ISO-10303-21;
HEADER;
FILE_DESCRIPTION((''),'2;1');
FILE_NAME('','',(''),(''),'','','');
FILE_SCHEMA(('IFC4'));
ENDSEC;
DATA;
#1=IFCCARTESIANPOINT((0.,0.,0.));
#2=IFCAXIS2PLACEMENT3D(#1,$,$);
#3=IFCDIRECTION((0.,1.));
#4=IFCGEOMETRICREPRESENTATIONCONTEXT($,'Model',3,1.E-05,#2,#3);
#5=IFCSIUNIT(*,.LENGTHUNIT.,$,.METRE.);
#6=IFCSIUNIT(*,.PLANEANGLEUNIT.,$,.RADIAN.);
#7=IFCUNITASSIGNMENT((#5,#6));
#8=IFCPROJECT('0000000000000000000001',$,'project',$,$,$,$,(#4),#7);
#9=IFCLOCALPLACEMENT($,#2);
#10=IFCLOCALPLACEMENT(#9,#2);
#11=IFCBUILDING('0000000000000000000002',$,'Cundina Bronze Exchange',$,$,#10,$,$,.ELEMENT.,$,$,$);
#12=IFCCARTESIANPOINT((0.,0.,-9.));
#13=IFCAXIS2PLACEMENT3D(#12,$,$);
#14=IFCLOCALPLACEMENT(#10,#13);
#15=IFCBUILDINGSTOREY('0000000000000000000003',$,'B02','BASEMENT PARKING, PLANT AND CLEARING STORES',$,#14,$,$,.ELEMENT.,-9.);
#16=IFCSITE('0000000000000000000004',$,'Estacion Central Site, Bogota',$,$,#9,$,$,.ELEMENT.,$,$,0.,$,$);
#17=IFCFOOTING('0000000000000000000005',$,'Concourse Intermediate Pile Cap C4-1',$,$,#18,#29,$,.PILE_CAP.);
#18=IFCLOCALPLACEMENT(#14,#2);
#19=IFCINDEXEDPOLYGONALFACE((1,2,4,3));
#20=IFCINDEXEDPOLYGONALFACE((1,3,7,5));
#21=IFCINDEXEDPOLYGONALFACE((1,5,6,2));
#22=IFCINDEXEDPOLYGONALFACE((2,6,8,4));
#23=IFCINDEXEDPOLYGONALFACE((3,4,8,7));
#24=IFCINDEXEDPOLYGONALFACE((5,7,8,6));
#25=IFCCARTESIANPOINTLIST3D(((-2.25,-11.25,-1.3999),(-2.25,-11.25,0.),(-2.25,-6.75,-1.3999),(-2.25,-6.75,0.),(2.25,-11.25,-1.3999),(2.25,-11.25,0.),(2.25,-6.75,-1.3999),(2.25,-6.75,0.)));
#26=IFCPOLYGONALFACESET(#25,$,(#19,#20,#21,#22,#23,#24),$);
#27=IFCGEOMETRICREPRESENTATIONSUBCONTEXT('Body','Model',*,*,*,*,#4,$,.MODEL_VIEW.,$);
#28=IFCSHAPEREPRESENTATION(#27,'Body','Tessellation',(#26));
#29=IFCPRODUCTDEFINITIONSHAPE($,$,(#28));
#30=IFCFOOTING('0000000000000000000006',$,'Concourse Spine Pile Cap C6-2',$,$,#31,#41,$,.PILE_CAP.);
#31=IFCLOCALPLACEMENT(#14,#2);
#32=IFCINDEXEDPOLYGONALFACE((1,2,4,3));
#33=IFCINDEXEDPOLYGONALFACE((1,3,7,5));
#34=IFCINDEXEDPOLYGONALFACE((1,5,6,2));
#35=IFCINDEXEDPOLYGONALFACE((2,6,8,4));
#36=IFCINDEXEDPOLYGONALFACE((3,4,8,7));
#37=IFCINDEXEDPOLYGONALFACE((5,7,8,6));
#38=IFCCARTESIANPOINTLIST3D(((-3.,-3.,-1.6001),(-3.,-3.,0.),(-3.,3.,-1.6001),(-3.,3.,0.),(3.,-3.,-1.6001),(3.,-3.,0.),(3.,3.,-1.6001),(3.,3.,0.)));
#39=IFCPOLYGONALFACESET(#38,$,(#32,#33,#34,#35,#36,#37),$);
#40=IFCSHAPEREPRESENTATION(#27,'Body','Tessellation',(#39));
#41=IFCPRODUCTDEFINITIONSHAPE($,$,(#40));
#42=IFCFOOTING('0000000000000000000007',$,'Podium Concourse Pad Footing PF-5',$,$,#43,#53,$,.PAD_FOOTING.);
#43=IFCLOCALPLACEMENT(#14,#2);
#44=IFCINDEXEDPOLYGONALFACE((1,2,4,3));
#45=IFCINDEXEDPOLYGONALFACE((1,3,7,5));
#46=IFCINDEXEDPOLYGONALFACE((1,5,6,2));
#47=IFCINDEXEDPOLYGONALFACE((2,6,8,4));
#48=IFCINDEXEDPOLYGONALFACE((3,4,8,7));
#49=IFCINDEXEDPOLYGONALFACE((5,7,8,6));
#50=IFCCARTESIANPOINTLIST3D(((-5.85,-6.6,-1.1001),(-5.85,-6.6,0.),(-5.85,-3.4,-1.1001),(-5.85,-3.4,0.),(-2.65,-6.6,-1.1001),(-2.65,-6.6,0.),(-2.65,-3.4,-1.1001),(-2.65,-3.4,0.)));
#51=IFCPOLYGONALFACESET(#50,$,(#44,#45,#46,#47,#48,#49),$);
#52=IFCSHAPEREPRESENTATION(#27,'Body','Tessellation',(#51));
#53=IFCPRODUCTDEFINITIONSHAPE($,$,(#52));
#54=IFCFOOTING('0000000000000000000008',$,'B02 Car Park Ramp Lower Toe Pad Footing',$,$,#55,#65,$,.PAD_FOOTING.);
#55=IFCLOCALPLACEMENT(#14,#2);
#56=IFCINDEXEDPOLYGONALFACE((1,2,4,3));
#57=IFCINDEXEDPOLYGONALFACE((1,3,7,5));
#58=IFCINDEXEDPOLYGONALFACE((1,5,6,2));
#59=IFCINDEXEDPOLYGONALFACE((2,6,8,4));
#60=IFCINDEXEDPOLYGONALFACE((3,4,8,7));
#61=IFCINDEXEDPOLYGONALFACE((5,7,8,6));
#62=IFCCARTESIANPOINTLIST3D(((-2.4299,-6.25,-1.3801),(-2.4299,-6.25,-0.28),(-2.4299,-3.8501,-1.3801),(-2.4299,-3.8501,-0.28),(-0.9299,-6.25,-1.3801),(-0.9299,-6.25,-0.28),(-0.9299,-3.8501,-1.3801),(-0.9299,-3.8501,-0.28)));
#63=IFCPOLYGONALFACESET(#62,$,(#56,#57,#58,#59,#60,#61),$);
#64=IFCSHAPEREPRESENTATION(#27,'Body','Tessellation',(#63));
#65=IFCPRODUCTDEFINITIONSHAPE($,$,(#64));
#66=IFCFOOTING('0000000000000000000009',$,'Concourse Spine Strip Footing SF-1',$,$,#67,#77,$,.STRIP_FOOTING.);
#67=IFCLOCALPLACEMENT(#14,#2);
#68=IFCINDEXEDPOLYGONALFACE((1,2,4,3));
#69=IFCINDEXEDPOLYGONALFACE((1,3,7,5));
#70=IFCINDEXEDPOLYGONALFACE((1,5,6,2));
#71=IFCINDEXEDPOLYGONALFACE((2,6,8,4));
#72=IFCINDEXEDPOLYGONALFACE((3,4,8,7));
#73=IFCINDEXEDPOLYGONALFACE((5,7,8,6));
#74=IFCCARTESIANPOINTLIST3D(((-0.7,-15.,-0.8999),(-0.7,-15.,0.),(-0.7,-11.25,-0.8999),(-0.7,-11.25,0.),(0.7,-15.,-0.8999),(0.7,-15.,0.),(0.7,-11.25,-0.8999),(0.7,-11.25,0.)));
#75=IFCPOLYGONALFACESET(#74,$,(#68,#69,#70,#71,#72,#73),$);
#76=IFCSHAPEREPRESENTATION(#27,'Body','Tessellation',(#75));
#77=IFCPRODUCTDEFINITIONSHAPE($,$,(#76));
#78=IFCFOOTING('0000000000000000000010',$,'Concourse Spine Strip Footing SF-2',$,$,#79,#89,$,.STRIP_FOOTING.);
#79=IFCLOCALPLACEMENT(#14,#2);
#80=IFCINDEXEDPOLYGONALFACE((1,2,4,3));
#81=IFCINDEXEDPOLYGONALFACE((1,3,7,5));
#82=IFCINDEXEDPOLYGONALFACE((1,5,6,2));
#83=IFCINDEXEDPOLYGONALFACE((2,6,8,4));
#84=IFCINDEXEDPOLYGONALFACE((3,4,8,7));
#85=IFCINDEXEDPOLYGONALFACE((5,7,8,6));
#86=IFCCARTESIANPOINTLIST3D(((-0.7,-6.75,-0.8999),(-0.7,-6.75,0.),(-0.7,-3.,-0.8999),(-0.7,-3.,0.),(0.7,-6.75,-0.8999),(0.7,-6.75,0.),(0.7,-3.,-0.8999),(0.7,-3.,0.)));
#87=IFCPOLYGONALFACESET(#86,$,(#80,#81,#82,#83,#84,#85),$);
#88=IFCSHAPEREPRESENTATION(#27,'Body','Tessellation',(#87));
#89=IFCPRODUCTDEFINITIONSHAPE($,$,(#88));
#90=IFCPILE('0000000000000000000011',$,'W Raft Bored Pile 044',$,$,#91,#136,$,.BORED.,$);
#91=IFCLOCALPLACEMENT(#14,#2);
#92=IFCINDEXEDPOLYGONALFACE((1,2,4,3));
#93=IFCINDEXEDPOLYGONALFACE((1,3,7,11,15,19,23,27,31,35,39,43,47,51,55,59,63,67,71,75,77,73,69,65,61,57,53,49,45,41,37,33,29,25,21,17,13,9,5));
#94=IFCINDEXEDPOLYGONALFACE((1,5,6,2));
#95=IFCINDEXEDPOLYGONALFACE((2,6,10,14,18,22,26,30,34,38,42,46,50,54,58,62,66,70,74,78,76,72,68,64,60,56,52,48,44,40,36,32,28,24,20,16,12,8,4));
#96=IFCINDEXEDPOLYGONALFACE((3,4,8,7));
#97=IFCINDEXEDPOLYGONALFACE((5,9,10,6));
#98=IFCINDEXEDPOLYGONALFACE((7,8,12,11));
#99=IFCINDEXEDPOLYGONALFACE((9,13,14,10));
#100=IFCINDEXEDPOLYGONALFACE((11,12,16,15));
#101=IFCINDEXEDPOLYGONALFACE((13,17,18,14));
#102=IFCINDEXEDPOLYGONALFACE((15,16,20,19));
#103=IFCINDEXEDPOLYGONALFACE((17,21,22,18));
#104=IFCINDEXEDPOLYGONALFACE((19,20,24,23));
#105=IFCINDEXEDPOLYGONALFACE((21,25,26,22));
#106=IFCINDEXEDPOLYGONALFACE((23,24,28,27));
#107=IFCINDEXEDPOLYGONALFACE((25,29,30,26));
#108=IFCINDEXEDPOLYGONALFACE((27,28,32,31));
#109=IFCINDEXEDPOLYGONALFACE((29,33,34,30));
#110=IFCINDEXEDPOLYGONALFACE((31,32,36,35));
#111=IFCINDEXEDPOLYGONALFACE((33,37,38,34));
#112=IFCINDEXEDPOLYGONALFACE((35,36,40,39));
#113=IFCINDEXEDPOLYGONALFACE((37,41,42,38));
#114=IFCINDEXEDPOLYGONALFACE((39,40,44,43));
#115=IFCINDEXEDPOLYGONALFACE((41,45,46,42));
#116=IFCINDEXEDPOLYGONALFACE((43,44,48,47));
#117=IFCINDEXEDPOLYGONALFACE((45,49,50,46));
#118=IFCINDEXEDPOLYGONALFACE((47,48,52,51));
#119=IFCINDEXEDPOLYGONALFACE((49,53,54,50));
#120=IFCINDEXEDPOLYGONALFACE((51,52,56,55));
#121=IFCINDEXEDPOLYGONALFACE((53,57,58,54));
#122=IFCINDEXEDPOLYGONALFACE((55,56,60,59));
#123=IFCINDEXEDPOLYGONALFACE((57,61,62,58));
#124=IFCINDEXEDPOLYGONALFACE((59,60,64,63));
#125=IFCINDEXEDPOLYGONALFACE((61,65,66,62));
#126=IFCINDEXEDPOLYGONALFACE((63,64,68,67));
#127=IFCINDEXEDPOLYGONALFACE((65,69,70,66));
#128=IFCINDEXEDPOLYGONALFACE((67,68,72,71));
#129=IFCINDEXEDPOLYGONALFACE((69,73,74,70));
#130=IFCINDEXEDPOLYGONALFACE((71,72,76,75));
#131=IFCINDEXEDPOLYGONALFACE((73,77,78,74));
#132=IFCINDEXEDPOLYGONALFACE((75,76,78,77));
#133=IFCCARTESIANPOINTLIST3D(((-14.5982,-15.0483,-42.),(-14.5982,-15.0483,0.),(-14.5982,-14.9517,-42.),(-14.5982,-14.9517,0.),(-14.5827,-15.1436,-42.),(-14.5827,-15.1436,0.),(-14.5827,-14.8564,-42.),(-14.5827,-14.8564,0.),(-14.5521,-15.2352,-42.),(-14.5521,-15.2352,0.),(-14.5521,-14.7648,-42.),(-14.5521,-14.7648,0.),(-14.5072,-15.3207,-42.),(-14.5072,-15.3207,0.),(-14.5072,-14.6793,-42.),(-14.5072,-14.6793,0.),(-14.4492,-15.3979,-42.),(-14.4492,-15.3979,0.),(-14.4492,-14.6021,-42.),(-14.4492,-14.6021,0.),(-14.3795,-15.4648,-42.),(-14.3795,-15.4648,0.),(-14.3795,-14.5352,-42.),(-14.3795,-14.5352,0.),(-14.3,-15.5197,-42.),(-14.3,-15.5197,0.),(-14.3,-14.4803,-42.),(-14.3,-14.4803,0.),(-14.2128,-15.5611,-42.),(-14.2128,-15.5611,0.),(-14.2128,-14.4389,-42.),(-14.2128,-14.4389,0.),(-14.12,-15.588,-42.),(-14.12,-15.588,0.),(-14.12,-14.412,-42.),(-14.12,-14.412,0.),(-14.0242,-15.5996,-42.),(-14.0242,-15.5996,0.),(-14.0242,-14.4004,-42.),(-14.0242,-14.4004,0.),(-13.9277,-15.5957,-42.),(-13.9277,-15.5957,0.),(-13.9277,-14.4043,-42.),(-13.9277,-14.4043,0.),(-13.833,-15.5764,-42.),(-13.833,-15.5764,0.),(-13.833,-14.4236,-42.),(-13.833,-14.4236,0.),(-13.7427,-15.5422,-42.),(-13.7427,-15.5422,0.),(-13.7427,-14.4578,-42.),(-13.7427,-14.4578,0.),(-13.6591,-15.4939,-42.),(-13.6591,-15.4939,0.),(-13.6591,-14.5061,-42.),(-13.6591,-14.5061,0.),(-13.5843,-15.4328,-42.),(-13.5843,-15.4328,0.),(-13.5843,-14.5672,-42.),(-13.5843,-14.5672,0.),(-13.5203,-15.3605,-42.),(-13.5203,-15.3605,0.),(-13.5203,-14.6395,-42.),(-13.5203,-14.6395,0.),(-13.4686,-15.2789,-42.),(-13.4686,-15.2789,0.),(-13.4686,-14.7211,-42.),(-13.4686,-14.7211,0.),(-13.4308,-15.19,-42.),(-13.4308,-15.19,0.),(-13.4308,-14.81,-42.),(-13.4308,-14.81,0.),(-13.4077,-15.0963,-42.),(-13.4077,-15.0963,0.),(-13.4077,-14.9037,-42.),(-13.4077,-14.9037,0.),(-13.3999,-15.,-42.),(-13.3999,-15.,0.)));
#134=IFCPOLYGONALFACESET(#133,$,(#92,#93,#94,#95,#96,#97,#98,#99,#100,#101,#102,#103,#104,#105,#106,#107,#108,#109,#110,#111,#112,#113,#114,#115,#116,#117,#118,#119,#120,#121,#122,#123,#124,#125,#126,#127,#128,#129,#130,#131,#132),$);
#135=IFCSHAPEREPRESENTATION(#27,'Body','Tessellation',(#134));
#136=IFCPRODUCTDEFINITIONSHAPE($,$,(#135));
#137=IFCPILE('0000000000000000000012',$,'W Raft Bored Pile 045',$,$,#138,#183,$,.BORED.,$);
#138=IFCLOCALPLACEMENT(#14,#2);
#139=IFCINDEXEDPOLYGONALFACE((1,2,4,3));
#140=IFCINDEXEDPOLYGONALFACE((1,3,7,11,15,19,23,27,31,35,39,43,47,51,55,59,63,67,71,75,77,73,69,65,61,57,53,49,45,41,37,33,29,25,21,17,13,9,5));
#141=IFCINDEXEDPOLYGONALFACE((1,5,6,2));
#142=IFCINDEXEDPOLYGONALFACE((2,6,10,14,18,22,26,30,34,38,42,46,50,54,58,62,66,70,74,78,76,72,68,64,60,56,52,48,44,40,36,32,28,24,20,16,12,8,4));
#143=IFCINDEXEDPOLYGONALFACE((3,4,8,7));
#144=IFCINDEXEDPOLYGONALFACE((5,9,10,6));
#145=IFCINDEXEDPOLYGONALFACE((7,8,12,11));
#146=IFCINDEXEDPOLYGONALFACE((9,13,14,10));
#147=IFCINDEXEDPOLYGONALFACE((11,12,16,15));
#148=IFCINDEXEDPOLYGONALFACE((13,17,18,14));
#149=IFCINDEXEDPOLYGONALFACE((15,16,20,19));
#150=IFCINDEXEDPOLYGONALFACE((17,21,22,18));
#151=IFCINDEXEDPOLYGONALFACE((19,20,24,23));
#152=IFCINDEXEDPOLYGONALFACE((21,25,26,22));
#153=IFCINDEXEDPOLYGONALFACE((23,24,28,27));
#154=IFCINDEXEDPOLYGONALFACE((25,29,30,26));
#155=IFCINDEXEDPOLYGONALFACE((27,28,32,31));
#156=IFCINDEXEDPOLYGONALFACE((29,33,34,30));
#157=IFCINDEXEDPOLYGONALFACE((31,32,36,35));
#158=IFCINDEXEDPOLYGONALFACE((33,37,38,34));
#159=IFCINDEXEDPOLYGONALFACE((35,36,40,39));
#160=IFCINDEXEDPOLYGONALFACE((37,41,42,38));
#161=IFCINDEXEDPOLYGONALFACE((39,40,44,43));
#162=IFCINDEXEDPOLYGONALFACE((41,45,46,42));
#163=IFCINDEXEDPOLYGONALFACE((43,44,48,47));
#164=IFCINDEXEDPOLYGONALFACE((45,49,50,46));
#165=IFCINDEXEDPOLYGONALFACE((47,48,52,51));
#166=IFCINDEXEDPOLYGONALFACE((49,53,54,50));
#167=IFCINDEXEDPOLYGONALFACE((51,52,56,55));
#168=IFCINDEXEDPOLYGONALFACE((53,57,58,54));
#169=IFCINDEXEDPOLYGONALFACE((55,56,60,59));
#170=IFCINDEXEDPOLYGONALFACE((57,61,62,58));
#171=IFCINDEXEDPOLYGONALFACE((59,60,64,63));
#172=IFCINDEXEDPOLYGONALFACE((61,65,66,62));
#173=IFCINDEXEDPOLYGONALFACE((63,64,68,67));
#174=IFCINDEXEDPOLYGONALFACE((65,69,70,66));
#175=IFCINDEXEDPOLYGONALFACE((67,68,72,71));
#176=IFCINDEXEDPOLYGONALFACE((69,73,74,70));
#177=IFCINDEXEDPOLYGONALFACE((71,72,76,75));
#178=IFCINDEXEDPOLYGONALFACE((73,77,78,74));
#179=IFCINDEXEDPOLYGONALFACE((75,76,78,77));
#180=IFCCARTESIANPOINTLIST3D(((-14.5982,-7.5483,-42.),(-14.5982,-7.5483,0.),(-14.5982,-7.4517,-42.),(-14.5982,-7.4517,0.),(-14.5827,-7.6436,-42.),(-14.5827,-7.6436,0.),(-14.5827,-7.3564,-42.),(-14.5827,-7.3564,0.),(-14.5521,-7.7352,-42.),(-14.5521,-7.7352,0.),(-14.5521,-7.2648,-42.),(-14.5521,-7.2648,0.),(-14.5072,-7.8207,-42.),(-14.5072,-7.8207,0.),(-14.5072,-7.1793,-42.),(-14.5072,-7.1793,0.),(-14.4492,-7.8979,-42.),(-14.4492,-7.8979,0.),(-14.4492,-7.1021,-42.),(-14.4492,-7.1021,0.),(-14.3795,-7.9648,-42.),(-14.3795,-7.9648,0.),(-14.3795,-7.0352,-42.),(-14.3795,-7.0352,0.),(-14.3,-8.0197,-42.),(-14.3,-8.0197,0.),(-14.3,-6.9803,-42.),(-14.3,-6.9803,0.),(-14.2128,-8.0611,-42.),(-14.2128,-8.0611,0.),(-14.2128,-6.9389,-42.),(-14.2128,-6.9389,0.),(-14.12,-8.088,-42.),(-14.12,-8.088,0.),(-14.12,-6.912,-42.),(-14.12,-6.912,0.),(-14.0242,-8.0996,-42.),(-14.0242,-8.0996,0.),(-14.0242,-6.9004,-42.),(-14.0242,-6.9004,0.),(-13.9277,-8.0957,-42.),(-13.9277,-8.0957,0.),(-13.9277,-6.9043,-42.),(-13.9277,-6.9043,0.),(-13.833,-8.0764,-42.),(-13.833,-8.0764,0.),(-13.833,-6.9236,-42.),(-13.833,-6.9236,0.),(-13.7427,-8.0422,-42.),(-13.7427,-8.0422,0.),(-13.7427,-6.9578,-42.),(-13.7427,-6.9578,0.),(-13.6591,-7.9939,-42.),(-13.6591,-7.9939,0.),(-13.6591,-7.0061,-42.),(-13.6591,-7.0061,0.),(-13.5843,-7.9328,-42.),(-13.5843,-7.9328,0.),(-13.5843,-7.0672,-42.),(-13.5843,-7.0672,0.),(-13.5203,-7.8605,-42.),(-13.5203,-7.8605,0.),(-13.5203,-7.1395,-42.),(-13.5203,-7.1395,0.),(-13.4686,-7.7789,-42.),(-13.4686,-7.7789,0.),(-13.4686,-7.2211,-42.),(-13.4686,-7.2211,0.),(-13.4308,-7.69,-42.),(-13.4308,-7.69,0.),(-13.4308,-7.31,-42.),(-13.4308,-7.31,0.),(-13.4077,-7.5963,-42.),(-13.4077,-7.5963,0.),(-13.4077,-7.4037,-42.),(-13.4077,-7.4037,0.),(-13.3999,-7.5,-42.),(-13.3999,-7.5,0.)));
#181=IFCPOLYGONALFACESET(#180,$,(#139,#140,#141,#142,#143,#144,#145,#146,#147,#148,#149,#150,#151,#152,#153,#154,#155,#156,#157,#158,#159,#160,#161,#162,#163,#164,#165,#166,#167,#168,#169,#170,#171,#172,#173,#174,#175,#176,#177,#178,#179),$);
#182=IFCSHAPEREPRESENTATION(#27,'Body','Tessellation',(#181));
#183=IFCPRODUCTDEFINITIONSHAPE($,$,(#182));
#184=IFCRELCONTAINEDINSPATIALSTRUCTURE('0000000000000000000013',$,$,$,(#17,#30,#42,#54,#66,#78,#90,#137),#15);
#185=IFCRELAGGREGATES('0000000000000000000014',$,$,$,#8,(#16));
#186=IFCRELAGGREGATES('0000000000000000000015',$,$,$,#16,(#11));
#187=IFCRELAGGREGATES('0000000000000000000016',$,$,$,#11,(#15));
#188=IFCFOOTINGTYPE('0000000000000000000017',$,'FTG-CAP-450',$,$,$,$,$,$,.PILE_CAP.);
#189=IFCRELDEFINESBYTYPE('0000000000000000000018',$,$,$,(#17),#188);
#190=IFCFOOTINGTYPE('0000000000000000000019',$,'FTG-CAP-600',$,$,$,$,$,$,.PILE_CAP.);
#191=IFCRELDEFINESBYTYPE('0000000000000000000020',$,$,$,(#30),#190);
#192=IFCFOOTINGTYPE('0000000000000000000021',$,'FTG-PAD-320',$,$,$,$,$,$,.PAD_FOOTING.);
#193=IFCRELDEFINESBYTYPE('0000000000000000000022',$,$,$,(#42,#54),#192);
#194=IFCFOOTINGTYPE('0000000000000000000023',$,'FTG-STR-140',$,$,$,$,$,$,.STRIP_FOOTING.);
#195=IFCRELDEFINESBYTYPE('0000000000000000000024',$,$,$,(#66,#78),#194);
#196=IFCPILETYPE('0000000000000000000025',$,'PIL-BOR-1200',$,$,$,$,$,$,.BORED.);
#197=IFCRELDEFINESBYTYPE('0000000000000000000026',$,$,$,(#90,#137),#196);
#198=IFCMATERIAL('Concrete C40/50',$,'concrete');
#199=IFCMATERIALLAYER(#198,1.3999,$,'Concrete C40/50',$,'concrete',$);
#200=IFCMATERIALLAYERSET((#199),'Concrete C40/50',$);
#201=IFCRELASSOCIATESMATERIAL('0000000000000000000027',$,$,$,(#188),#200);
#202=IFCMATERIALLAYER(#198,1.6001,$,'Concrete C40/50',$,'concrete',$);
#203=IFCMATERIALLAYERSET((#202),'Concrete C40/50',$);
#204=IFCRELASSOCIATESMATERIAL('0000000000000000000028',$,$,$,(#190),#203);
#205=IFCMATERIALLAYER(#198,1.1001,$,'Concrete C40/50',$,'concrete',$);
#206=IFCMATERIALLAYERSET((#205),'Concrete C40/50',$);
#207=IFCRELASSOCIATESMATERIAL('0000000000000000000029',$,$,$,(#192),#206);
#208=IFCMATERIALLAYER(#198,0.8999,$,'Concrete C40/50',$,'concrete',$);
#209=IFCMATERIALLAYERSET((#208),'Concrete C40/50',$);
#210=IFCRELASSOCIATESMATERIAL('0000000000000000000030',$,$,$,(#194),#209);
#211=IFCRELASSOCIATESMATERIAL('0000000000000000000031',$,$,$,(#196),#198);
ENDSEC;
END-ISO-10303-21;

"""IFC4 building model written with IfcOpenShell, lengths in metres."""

from ifc_helpers import new_model, si_unit, direction, frame, origin, origin_2d, place, context, subcontext, project, spatial, rectangle, circle, extrude, material, layer, layer_set, material_profile, profile_set, type_object, element, save


model = new_model("IFC4")

# Units and contexts
model_context = context("Model", 3, precision=1e-05, world=origin(), true_north=direction((0.0, 1.0)))
body_context = subcontext(model_context, "Body", "Model", "MODEL_VIEW")
ifc_project = project(units=[si_unit("LENGTHUNIT", "METRE"), si_unit("PLANEANGLEUNIT", "RADIAN")], contexts=[model_context])

# Site, building, storey
site_placement = place(None, origin())
site = spatial("IfcSite", under=ifc_project, at=site_placement, Name="Estacion Central Site, Bogota", CompositionType="ELEMENT", RefElevation=0.0)
building_placement = place(site_placement, origin())
building = spatial("IfcBuilding", under=site, at=building_placement, Name="Cundina Bronze Exchange", CompositionType="ELEMENT")
storey_placement = place(building_placement, frame((0.0, 0.0, -9.0)))
storey = spatial("IfcBuildingStorey", under=building, at=storey_placement, Name="B02", Description="BASEMENT PARKING, PLANT AND CLEARING STORES", CompositionType="ELEMENT", Elevation=-9.0)

# Footings
ifc_material_1 = material(Name="Concrete C40/50", Category="concrete")
ifc_layer_1 = layer(ifc_material_1, 1.3999, Name="Concrete C40/50", Category="concrete")
ifc_layer_set_1 = layer_set([ifc_layer_1], Name="Concrete C40/50")
footing_type_1 = type_object("IfcFootingType", Name="FTG-CAP-450", PredefinedType="PILE_CAP", material=ifc_layer_set_1)
footing_1_placement = place(storey_placement, frame((0.0, -9.0, -1.3999), z_axis=(0.0, 0.0, 1.0), x_axis=(1.0, 0.0, 0.0)))
element("IfcFooting", 1, at=footing_1_placement, inside=storey, type_object=footing_type_1, Name="Concourse Intermediate Pile Cap C4-1", PredefinedType="PILE_CAP", context=body_context, shape_type="SweptSolid", body=[
    extrude(rectangle(XDim=4.5, YDim=4.5, at=origin_2d()), origin(), (0.0, 0.0, 1.0), 1.3999),
])
ifc_layer_2 = layer(ifc_material_1, 1.6001, Name="Concrete C40/50", Category="concrete")
ifc_layer_set_2 = layer_set([ifc_layer_2], Name="Concrete C40/50")
footing_type_2 = type_object("IfcFootingType", Name="FTG-CAP-600", PredefinedType="PILE_CAP", material=ifc_layer_set_2)
footing_2_placement = place(storey_placement, frame((0.0, 0.0, -1.6001), z_axis=(0.0, 0.0, 1.0), x_axis=(1.0, 0.0, 0.0)))
element("IfcFooting", 2, at=footing_2_placement, inside=storey, type_object=footing_type_2, Name="Concourse Spine Pile Cap C6-2", PredefinedType="PILE_CAP", context=body_context, shape_type="SweptSolid", body=[
    extrude(rectangle(XDim=6.0, YDim=6.0, at=origin_2d()), origin(), (0.0, 0.0, 1.0), 1.6001),
])
ifc_layer_3 = layer(ifc_material_1, 1.1001, Name="Concrete C40/50", Category="concrete")
ifc_layer_set_3 = layer_set([ifc_layer_3], Name="Concrete C40/50")
footing_type_3 = type_object("IfcFootingType", Name="FTG-PAD-320", PredefinedType="PAD_FOOTING", material=ifc_layer_set_3)
footing_3_placement = place(storey_placement, frame((-4.25, -5.0, -1.1001), z_axis=(0.0, 0.0, 1.0), x_axis=(1.0, 0.0, 0.0)))
element("IfcFooting", 3, at=footing_3_placement, inside=storey, type_object=footing_type_3, Name="Podium Concourse Pad Footing PF-5", PredefinedType="PAD_FOOTING", context=body_context, shape_type="SweptSolid", body=[
    extrude(rectangle(XDim=3.2, YDim=3.2, at=origin_2d()), origin(), (0.0, 0.0, 1.0), 1.1001),
])
footing_4_placement = place(storey_placement, frame((-1.6799, -5.05, -1.3801), z_axis=(0.0, 0.0, 1.0), x_axis=(1.0, 0.0, 0.0)))
element("IfcFooting", 4, at=footing_4_placement, inside=storey, type_object=footing_type_3, Name="B02 Car Park Ramp Lower Toe Pad Footing", PredefinedType="PAD_FOOTING", context=body_context, shape_type="SweptSolid", body=[
    extrude(rectangle(XDim=1.5, YDim=2.3999, at=origin_2d()), origin(), (0.0, 0.0, 1.0), 1.1001),
])
ifc_layer_4 = layer(ifc_material_1, 0.8999, Name="Concrete C40/50", Category="concrete")
ifc_layer_set_4 = layer_set([ifc_layer_4], Name="Concrete C40/50")
footing_type_4 = type_object("IfcFootingType", Name="FTG-STR-140", PredefinedType="STRIP_FOOTING", material=ifc_layer_set_4)
for number, where, z_axis, x_axis, name in (
    (5, (0.0, -13.125, -0.8999), (0.0, 0.0, 1.0), (1.0, 0.0, 0.0), "Concourse Spine Strip Footing SF-1"),
    (6, (0.0, -4.875, -0.8999), (0.0, 0.0, 1.0), (1.0, 0.0, 0.0), "Concourse Spine Strip Footing SF-2"),
):
    element("IfcFooting", number, at=place(storey_placement, frame(where, z_axis=z_axis, x_axis=x_axis)), inside=storey, type_object=footing_type_4, Name=name, PredefinedType="STRIP_FOOTING", context=body_context, shape_type="SweptSolid", body=[
        extrude(rectangle(XDim=1.3999, YDim=3.75, at=origin_2d()), origin(), (0.0, 0.0, 1.0), 0.8999),
    ])

# Piles
ifc_material_profile_1 = material_profile(ifc_material_1, circle(Radius=0.6001, at=origin_2d()), Name="PILE1200D", Category="concrete")
ifc_profile_set_1 = profile_set([ifc_material_profile_1], Name="Concrete C40/50")
pile_type_1 = type_object("IfcPileType", Name="PIL-BOR-1200", PredefinedType="BORED", material=ifc_profile_set_1)
for number, where, z_axis, x_axis, name in (
    (7, (-14.0, -15.0, 0.0), (0.0, 0.0, -1.0), (1.0, 0.0, 0.0), "W Raft Bored Pile 044"),
    (8, (-14.0, -7.5, 0.0), (0.0, 0.0, -1.0), (1.0, 0.0, 0.0), "W Raft Bored Pile 045"),
):
    element("IfcPile", number, at=place(storey_placement, frame(where, z_axis=z_axis, x_axis=x_axis)), inside=storey, type_object=pile_type_1, Name=name, PredefinedType="BORED", context=body_context, shape_type="SweptSolid", body=[
        extrude(circle(Radius=0.6001, at=origin_2d()), origin(), (0.0, 0.0, 1.0), 42.0),
    ])

save(model, "model.ifc")
